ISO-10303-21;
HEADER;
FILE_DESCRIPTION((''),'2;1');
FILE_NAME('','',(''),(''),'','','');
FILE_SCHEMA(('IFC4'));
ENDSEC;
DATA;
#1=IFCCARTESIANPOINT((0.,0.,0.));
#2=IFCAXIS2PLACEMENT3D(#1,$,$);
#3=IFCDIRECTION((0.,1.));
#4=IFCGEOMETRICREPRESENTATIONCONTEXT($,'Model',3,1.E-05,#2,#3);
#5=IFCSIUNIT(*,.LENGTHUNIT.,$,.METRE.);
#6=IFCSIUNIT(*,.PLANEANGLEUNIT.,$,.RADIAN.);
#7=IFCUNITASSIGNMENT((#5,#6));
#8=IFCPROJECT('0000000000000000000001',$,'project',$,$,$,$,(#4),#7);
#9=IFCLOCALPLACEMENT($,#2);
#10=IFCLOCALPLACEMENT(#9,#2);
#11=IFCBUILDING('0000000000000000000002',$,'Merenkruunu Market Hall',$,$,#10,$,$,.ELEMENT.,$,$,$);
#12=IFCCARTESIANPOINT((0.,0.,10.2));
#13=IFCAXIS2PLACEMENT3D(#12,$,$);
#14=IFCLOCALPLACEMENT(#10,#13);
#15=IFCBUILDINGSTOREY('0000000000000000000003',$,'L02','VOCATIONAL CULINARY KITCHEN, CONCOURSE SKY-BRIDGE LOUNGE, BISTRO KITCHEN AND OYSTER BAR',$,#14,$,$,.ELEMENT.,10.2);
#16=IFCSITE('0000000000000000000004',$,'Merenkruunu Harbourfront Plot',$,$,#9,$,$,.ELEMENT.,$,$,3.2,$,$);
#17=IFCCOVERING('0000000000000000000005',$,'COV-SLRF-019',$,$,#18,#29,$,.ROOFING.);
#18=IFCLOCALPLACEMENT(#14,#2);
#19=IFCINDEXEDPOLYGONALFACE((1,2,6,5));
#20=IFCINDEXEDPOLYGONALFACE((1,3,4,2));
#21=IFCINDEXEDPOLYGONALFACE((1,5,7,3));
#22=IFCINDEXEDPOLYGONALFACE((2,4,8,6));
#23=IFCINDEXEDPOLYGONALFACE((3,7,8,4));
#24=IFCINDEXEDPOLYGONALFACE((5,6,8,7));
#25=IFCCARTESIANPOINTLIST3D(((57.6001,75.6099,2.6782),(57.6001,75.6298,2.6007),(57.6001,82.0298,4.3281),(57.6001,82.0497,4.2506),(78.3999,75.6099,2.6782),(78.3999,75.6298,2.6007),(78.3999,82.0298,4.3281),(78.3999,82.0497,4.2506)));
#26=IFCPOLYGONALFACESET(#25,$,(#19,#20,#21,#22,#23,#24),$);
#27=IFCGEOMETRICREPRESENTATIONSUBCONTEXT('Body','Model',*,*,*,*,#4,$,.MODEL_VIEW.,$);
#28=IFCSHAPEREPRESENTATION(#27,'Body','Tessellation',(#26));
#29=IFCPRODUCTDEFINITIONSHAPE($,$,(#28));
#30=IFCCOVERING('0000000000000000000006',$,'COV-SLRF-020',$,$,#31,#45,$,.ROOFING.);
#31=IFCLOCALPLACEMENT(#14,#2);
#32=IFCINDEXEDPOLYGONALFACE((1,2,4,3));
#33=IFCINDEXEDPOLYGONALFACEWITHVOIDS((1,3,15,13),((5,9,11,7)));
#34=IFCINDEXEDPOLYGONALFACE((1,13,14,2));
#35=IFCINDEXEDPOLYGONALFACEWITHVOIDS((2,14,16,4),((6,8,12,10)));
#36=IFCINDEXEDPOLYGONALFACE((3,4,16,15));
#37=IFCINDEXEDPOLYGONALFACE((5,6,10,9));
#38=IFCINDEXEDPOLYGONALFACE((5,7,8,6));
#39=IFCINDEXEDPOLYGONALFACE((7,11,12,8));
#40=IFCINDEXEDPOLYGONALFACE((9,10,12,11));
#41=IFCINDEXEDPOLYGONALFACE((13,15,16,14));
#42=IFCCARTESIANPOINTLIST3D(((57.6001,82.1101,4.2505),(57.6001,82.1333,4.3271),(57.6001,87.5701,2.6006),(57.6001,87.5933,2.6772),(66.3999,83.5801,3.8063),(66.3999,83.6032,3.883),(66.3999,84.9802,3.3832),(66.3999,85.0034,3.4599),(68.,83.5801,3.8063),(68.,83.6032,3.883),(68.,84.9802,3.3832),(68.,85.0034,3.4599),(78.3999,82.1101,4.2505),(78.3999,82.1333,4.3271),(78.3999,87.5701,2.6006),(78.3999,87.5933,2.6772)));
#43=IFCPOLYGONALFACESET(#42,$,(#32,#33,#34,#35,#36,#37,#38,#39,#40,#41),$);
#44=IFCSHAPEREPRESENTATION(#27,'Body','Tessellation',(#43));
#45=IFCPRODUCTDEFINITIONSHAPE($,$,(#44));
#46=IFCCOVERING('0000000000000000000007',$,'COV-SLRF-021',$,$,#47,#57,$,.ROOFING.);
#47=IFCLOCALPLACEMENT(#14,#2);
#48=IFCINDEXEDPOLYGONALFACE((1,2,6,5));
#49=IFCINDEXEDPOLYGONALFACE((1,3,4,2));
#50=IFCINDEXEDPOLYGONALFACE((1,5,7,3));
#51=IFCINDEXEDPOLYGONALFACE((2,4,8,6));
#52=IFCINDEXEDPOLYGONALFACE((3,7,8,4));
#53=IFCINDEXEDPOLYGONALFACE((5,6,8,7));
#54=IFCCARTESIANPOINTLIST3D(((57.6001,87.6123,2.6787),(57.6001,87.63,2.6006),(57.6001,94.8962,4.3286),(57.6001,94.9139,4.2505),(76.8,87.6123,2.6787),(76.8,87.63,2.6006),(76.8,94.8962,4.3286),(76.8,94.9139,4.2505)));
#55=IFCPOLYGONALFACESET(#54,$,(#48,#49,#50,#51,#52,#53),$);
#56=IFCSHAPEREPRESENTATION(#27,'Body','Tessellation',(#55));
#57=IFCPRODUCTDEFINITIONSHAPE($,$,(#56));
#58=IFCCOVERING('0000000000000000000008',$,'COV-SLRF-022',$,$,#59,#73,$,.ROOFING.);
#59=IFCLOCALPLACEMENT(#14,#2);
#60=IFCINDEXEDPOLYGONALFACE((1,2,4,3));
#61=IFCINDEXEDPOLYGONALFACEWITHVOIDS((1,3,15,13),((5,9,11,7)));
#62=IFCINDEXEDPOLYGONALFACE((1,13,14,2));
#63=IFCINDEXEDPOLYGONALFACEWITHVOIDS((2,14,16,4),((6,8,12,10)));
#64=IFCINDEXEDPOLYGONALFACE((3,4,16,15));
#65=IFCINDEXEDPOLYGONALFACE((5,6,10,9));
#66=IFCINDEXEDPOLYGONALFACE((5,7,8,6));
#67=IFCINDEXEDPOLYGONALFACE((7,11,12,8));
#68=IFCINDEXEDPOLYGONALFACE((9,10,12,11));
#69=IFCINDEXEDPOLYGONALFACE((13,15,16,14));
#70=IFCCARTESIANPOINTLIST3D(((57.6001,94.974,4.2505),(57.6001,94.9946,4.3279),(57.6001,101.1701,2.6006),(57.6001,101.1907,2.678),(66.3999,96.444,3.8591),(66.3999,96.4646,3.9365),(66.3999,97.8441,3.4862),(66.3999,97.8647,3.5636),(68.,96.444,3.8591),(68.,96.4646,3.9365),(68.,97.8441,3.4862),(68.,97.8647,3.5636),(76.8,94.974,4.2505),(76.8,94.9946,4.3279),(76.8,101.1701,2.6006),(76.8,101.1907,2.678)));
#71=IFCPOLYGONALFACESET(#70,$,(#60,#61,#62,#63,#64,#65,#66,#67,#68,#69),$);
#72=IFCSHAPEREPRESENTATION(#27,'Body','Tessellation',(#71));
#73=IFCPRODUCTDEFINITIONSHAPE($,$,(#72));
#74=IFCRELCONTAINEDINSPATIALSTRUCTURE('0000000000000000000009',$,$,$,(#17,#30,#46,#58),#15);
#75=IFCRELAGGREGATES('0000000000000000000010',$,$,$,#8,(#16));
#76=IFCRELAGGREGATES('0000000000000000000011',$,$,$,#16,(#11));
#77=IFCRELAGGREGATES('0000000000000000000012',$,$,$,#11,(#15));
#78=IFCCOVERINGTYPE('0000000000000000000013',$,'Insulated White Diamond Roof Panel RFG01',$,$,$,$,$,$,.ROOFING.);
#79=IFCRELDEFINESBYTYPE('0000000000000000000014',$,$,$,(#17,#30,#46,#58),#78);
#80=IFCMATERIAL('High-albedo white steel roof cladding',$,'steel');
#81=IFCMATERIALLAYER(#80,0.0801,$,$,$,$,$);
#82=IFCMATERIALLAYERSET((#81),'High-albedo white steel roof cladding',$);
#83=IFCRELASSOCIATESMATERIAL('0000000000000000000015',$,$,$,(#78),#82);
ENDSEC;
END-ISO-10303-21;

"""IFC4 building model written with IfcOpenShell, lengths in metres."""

from ifc_helpers import new_model, si_unit, direction, frame, origin, place, context, subcontext, project, spatial, polyline, outline, extrude, material, layer, layer_set, type_object, element, save


model = new_model("IFC4")

# Units and contexts
model_context = context("Model", 3, precision=1e-05, world=origin(), true_north=direction((0.0, 1.0)))
body_context = subcontext(model_context, "Body", "Model", "MODEL_VIEW")
ifc_project = project(units=[si_unit("LENGTHUNIT", "METRE"), si_unit("PLANEANGLEUNIT", "RADIAN")], contexts=[model_context])

# Site, building, storey
site_placement = place(None, origin())
site = spatial("IfcSite", under=ifc_project, at=site_placement, Name="Merenkruunu Harbourfront Plot", CompositionType="ELEMENT", RefElevation=3.2)
building_placement = place(site_placement, origin())
building = spatial("IfcBuilding", under=site, at=building_placement, Name="Merenkruunu Market Hall", CompositionType="ELEMENT")
storey_placement = place(building_placement, frame((0.0, 0.0, 10.2)))
storey = spatial("IfcBuildingStorey", under=building, at=storey_placement, Name="L02", Description="VOCATIONAL CULINARY KITCHEN, CONCOURSE SKY-BRIDGE LOUNGE, BISTRO KITCHEN AND OYSTER BAR", CompositionType="ELEMENT", Elevation=10.2)

# Coverings
ifc_material_1 = material(Name="High-albedo white steel roof cladding", Category="steel")
ifc_layer_1 = layer(ifc_material_1, 0.0801)
ifc_layer_set_1 = layer_set([ifc_layer_1], Name="High-albedo white steel roof cladding")
covering_type = type_object("IfcCoveringType", Name="Insulated White Diamond Roof Panel RFG01", PredefinedType="ROOFING", material=ifc_layer_set_1)
covering_1_placement = place(storey_placement, frame((57.6001, 75.6099, 2.6782), z_axis=(0.0, -0.248909, 0.968527), x_axis=(1.0, 0.0, 0.0)))
element("IfcCovering", 1, at=covering_1_placement, inside=storey, type_object=covering_type, Name="COV-SLRF-019", PredefinedType="ROOFING", context=body_context, shape_type="SweptSolid", body=[
    extrude(outline(polyline([(0.0, 0.0), (20.7998, 0.0), (20.7998, 6.6285), (0.0, 6.6285), (0.0, 0.0)])), origin(), (0.0, 0.0, -1.0), 0.0801),
])
covering_2_placement = place(storey_placement, frame((57.6001, 82.1333, 4.3271), z_axis=(0.0, 0.289264, 0.957249), x_axis=(1.0, 0.0, 0.0)))
element("IfcCovering", 2, at=covering_2_placement, inside=storey, type_object=covering_type, Name="COV-SLRF-020", PredefinedType="ROOFING", context=body_context, shape_type="SweptSolid", body=[
    extrude(outline(polyline([(0.0, 0.0), (20.7998, 0.0), (20.7998, 5.7038), (0.0, 5.7038), (0.0, 0.0)]), holes=[polyline([(8.7998, 1.5356), (10.3999, 1.5356), (10.3999, 2.9983), (8.7998, 2.9983), (8.7998, 1.5356)])]), origin(), (0.0, 0.0, -1.0), 0.0801),
])
covering_3_placement = place(storey_placement, frame((57.6001, 87.6123, 2.6787), z_axis=(0.0, -0.220916, 0.975293), x_axis=(1.0, 0.0, 0.0)))
element("IfcCovering", 3, at=covering_3_placement, inside=storey, type_object=covering_type, Name="COV-SLRF-021", PredefinedType="ROOFING", context=body_context, shape_type="SweptSolid", body=[
    extrude(outline(polyline([(0.0, 0.0), (19.2, 0.0), (19.2, 7.4685), (0.0, 7.4685), (0.0, 0.0)])), origin(), (0.0, 0.0, -1.0), 0.0801),
])
covering_4_placement = place(storey_placement, frame((57.6001, 94.9946, 4.3279), z_axis=(0.0, 0.257317, 0.966327), x_axis=(1.0, 0.0, 0.0)))
element("IfcCovering", 4, at=covering_4_placement, inside=storey, type_object=covering_type, Name="COV-SLRF-022", PredefinedType="ROOFING", context=body_context, shape_type="SweptSolid", body=[
    extrude(outline(polyline([(0.0, 0.0), (19.2, 0.0), (19.2, 6.412), (0.0, 6.412), (0.0, 0.0)]), holes=[polyline([(8.7998, 1.5212), (10.3999, 1.5212), (10.3999, 2.9701), (8.7998, 2.9701), (8.7998, 1.5212)])]), origin(), (0.0, 0.0, -1.0), 0.0801),
])

save(model, "model.ifc")
